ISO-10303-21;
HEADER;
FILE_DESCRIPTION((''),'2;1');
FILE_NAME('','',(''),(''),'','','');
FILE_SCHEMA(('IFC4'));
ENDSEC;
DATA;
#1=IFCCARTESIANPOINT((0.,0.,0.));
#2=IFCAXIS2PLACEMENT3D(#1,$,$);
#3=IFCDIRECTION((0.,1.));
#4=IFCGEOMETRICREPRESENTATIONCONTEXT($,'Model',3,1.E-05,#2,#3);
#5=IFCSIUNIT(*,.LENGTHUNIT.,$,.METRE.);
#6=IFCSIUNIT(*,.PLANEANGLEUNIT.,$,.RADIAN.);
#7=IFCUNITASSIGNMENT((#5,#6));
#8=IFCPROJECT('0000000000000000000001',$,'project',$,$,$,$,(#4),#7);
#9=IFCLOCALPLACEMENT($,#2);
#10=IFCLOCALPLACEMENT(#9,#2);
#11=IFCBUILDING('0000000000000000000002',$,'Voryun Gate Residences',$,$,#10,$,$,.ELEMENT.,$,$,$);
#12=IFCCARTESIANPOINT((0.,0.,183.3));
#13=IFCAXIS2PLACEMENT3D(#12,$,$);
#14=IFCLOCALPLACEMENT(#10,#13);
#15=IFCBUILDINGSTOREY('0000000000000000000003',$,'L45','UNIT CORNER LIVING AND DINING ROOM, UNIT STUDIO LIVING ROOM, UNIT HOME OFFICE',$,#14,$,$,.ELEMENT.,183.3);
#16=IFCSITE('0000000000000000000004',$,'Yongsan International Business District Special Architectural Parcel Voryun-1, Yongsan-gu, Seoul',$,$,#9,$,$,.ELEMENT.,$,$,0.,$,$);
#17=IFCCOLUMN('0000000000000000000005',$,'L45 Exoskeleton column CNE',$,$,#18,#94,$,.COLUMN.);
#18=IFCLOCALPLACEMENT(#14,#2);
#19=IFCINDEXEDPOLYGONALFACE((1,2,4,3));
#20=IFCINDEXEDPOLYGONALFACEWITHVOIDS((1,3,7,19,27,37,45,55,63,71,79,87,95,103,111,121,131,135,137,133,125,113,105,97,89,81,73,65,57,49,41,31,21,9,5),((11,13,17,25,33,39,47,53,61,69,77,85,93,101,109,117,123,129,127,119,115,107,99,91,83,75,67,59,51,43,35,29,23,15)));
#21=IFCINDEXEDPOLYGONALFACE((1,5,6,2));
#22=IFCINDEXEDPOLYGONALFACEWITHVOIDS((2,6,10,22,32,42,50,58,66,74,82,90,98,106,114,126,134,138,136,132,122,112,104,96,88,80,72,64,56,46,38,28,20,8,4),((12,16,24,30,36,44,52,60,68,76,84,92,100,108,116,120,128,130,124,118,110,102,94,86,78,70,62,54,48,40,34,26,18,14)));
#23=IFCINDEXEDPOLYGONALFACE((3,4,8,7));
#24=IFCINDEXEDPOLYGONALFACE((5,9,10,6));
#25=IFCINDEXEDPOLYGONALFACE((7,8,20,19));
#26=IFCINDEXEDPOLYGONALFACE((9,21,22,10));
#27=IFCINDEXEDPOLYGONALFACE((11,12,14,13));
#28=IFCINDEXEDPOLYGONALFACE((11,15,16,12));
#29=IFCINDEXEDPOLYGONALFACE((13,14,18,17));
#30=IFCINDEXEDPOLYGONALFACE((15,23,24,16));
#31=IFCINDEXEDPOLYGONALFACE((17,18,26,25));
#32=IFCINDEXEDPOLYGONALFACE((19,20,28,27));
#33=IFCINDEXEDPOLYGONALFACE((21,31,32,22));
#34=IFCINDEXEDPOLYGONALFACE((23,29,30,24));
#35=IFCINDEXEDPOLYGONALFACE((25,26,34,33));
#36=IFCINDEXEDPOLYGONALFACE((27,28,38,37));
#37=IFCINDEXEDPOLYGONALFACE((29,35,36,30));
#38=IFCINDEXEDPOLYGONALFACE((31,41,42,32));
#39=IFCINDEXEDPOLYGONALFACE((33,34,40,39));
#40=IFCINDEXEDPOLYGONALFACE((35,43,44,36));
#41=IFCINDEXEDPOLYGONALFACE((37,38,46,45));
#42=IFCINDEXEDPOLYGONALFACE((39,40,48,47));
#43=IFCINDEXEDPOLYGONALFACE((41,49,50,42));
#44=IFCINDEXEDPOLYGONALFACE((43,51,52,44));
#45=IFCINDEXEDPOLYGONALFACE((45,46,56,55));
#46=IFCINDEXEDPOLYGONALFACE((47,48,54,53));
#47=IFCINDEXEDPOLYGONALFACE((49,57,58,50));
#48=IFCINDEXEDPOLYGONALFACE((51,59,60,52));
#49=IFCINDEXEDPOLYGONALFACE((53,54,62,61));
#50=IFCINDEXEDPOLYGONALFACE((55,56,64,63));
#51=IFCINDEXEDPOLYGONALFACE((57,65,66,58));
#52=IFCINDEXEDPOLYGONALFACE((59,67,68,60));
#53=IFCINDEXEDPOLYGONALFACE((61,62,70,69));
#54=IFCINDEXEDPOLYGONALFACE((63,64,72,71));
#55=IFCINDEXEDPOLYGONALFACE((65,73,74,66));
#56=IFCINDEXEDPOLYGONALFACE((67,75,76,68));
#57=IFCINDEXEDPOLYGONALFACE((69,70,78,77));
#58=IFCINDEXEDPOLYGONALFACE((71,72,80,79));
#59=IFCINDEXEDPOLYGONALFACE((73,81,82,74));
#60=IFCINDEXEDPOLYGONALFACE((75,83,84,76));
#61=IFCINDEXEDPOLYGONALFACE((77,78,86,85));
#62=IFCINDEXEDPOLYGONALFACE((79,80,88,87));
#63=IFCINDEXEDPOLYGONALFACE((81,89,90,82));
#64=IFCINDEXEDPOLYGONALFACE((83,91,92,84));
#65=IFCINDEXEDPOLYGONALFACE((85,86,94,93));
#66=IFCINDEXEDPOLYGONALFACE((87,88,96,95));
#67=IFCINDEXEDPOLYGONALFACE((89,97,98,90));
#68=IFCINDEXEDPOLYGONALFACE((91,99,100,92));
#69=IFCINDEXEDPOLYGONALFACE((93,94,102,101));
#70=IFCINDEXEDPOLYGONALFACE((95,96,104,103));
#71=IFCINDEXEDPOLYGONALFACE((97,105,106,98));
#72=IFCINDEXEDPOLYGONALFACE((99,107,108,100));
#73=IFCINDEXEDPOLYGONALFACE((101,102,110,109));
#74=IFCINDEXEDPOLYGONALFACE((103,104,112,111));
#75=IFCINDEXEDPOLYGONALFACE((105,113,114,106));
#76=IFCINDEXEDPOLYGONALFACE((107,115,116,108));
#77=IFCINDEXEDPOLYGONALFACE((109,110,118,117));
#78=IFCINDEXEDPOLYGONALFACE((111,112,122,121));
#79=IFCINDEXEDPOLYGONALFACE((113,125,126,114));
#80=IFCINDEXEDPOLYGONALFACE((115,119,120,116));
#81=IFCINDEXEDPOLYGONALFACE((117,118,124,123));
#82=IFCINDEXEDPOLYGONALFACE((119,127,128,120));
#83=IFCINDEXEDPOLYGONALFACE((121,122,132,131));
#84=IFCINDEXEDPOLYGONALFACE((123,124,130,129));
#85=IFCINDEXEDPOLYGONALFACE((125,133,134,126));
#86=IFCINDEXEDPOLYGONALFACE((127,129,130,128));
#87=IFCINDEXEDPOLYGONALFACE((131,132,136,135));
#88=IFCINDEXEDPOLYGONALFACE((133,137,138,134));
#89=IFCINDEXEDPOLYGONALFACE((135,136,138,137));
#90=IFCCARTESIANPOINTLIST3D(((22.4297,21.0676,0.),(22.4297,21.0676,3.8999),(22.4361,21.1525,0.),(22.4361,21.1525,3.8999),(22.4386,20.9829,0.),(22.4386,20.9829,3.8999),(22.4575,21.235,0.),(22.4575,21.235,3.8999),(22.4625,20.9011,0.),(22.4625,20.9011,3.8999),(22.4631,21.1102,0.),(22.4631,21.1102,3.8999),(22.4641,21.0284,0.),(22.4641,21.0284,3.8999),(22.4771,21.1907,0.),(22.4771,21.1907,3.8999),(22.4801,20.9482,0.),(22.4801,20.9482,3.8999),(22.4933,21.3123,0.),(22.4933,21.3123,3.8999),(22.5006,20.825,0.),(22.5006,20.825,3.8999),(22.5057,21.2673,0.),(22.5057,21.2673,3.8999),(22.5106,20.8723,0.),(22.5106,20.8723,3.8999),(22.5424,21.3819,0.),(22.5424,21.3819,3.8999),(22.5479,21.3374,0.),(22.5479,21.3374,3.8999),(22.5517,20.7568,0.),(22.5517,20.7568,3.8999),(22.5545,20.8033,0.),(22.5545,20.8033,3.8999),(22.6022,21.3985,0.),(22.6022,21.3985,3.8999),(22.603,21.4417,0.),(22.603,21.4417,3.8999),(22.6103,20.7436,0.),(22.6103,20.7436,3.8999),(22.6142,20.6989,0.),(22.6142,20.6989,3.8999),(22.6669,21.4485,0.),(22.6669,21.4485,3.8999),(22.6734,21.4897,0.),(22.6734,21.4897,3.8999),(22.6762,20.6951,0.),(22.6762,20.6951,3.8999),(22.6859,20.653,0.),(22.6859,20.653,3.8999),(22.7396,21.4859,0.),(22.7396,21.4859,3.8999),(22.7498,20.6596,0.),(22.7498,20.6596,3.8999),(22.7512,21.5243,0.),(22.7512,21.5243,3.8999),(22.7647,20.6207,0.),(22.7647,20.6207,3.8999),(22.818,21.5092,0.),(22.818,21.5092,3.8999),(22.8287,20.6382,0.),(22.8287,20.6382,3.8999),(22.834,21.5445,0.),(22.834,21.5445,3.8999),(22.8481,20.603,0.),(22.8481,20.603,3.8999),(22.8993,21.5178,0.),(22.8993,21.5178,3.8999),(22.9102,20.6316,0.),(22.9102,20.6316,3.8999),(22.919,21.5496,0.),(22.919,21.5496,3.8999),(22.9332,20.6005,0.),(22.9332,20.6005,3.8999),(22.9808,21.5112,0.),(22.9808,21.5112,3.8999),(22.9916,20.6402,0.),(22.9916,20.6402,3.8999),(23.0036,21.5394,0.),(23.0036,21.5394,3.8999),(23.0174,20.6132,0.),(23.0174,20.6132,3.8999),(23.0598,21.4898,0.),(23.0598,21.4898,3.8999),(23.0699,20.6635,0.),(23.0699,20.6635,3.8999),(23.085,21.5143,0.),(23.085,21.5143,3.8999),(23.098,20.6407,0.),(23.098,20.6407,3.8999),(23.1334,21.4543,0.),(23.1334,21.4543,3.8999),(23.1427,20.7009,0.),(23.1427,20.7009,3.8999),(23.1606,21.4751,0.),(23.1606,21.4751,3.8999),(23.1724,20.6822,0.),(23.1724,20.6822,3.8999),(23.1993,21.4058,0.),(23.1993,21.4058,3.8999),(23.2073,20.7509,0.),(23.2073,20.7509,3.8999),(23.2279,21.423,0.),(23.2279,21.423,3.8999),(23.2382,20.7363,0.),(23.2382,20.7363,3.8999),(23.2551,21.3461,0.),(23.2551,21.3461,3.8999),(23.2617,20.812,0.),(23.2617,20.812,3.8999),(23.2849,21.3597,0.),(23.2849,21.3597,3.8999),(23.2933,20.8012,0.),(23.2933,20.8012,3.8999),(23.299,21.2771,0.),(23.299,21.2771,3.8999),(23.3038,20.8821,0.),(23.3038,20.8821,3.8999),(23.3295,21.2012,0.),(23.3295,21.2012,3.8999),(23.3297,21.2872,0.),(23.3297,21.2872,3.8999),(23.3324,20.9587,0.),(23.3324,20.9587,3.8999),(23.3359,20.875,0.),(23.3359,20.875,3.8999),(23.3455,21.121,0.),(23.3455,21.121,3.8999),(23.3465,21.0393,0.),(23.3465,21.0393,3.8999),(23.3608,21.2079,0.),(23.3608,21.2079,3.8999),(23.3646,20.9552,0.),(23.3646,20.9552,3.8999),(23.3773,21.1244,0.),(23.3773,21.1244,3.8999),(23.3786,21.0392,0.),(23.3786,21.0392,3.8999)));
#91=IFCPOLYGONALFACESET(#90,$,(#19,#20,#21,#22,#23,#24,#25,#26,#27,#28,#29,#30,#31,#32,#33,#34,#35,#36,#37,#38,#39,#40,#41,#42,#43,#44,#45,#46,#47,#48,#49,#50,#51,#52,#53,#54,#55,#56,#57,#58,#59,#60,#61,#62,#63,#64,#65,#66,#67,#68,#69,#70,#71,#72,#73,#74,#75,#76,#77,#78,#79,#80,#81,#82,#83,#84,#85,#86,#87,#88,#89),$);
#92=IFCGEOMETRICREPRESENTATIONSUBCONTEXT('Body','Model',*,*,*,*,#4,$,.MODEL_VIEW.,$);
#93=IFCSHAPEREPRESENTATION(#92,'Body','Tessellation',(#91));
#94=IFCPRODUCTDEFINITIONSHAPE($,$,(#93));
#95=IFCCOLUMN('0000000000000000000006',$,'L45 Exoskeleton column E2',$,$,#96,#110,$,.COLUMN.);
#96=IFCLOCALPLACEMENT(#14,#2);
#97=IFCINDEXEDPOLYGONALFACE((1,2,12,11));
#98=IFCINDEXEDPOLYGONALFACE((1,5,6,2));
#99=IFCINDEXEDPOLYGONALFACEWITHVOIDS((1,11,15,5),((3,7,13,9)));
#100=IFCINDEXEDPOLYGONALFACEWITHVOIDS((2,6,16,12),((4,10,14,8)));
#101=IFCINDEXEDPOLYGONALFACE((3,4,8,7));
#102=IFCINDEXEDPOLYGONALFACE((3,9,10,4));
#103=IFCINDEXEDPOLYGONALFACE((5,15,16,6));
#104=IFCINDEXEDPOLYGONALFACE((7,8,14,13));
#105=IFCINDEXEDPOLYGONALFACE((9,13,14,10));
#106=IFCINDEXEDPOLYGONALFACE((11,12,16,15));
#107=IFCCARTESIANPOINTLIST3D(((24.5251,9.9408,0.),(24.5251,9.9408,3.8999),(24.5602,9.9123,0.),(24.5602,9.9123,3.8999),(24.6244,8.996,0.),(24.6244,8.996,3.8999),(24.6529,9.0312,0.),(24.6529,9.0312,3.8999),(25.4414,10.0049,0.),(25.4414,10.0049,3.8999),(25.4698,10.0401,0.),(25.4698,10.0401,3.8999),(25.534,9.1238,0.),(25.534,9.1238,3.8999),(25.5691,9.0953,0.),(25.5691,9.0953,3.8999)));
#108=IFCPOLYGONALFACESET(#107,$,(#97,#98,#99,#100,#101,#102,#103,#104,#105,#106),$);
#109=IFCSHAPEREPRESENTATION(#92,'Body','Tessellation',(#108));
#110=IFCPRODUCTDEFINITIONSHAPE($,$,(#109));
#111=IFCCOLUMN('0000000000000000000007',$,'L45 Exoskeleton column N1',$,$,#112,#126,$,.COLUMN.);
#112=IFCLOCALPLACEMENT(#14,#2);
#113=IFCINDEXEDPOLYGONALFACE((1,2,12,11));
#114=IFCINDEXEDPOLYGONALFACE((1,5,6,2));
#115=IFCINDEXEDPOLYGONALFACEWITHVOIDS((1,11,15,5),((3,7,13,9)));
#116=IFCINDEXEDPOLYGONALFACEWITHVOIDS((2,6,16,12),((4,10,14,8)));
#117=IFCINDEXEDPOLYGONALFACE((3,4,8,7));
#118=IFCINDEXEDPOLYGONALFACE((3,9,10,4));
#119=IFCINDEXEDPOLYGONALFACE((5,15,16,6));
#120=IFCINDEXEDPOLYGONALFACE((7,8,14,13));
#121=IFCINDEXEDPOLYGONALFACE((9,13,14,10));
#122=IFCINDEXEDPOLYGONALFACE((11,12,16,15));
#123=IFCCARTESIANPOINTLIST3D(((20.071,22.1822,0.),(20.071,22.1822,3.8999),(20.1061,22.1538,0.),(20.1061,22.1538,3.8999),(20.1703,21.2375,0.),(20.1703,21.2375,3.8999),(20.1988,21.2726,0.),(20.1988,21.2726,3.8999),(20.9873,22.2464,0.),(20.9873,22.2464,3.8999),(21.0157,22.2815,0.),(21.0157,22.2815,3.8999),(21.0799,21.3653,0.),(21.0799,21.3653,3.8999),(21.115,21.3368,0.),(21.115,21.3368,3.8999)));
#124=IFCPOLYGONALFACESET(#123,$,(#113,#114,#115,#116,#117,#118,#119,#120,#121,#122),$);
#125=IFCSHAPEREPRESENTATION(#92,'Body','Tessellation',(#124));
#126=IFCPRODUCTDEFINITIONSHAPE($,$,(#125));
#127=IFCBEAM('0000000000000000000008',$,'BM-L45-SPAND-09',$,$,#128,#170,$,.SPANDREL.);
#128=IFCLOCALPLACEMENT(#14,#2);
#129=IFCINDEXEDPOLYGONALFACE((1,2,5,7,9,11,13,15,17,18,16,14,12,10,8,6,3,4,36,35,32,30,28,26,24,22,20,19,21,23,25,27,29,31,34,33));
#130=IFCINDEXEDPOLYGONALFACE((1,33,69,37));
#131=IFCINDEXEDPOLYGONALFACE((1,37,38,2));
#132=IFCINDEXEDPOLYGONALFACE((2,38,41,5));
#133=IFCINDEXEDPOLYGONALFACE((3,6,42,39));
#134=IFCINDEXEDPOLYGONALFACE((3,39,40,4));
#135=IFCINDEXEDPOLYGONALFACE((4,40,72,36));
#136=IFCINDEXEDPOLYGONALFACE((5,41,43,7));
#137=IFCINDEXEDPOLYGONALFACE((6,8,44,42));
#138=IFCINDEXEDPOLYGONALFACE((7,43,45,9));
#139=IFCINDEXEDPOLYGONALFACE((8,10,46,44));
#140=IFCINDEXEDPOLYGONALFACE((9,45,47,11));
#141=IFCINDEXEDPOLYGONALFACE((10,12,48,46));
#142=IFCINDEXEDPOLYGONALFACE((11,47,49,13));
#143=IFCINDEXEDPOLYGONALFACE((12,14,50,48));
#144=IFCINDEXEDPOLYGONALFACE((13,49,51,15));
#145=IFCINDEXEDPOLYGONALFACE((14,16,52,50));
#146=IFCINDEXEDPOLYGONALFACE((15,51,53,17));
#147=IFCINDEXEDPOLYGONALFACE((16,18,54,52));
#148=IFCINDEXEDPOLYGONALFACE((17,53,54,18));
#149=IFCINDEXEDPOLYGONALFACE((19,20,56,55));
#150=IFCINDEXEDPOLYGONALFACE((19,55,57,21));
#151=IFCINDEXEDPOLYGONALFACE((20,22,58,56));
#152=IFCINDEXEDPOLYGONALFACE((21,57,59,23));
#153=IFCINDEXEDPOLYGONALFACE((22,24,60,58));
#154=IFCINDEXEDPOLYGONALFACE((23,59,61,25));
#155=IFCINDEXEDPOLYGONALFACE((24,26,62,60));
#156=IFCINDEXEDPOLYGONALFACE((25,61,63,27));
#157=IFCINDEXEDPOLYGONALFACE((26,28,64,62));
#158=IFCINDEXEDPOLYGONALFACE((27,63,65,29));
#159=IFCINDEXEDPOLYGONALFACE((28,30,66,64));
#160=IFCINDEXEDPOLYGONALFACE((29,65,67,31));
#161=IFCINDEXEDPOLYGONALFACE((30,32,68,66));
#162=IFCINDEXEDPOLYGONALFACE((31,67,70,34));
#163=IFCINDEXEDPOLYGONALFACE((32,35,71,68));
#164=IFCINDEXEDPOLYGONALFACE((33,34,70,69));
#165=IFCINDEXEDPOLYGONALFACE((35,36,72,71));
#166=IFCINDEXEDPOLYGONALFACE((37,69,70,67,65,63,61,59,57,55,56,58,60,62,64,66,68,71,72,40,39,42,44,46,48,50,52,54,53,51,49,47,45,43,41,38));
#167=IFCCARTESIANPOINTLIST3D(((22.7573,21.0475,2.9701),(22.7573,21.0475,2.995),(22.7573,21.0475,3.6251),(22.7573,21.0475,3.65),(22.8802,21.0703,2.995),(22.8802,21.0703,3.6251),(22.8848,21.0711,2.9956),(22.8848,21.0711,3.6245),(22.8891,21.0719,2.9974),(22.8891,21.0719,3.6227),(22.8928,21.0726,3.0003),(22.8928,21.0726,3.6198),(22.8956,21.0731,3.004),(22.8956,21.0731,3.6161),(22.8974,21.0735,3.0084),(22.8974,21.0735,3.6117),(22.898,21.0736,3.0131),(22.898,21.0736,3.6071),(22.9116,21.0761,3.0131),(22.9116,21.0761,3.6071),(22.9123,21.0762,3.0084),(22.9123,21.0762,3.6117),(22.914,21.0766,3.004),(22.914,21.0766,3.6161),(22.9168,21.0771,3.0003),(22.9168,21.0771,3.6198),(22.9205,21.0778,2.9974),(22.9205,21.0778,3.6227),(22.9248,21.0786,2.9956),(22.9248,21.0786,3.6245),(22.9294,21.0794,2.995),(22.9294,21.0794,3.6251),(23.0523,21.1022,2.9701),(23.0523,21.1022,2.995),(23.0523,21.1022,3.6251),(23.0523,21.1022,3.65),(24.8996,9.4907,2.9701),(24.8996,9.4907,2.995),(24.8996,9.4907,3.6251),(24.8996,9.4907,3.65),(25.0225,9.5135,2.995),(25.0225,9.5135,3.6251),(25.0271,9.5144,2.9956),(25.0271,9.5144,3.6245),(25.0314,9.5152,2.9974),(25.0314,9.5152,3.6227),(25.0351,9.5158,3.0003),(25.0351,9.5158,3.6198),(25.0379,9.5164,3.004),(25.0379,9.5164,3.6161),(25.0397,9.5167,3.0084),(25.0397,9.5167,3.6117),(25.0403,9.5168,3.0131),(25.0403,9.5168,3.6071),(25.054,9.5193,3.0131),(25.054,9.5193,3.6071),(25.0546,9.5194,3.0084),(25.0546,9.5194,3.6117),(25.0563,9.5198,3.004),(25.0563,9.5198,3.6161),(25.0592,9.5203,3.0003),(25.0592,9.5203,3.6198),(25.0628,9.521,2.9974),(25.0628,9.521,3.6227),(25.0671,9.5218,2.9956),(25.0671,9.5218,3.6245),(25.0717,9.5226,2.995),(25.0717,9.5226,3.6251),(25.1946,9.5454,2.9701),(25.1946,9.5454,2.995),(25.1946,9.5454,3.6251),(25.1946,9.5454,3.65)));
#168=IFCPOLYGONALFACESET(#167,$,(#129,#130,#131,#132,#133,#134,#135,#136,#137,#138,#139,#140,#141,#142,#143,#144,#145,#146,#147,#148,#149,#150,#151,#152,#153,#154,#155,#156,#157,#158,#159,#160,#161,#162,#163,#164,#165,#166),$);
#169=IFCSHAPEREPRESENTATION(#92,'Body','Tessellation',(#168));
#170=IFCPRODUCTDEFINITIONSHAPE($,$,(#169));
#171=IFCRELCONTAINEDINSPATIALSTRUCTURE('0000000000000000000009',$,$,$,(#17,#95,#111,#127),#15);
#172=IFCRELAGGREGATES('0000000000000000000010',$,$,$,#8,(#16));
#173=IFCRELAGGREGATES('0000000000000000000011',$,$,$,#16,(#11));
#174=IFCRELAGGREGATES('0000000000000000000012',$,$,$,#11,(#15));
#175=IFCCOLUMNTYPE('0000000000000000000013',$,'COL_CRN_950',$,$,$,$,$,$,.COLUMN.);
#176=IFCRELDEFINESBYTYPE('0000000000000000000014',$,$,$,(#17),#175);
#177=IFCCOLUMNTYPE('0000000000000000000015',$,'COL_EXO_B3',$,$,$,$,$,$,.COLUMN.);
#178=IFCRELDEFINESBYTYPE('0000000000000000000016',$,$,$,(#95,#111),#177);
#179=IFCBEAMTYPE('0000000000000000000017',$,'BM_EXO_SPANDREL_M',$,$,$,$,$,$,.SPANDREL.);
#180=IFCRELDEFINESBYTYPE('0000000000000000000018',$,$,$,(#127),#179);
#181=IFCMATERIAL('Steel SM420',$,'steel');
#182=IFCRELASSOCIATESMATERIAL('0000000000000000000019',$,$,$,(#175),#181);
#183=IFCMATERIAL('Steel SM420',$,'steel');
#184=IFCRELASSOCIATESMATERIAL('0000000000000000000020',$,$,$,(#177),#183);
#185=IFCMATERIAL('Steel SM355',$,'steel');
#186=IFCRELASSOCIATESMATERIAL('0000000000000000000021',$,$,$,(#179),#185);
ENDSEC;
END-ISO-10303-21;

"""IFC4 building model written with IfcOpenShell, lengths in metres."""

from ifc_helpers import new_model, si_unit, direction, frame, origin, origin_2d, place, context, subcontext, project, spatial, hollow_rectangle, hollow_circle, i_section, extrude, material, material_profile, profile_set, type_object, element, save


model = new_model("IFC4")

# Units and contexts
model_context = context("Model", 3, precision=1e-05, world=origin(), true_north=direction((0.0, 1.0)))
body_context = subcontext(model_context, "Body", "Model", "MODEL_VIEW")
ifc_project = project(units=[si_unit("LENGTHUNIT", "METRE"), si_unit("PLANEANGLEUNIT", "RADIAN")], contexts=[model_context])

# Site, building, storey
site_placement = place(None, origin())
site = spatial("IfcSite", under=ifc_project, at=site_placement, Name="Yongsan International Business District Special Architectural Parcel Voryun-1, Yongsan-gu, Seoul", CompositionType="ELEMENT", RefElevation=0.0)
building_placement = place(site_placement, origin())
building = spatial("IfcBuilding", under=site, at=building_placement, Name="Voryun Gate Residences", CompositionType="ELEMENT")
storey_placement = place(building_placement, frame((0.0, 0.0, 183.3)))
storey = spatial("IfcBuildingStorey", under=building, at=storey_placement, Name="L45", Description="UNIT CORNER LIVING AND DINING ROOM, UNIT STUDIO LIVING ROOM, UNIT HOME OFFICE", CompositionType="ELEMENT", Elevation=183.3)

# Columns
ifc_material_1 = material(Name="Steel SM420", Category="steel")
ifc_material_profile_1 = material_profile(ifc_material_1, hollow_circle(Radius=0.4751, WallThickness=0.032, at=origin_2d()), Name="CHS-950x32")
ifc_profile_set_1 = profile_set([ifc_material_profile_1], Name="Steel SM420")
column_type_1 = type_object("IfcColumnType", Name="COL_CRN_950", PredefinedType="COLUMN", material=ifc_profile_set_1)
column_placement = place(storey_placement, frame((22.9048, 21.0747, 0.0), z_axis=(0.0, 0.0, 1.0), x_axis=(0.994522, 0.104528, 0.0)))
element("IfcColumn", 1, at=column_placement, inside=storey, type_object=column_type_1, Name="L45 Exoskeleton column CNE", PredefinedType="COLUMN", context=body_context, shape_type="SweptSolid", body=[
    extrude(hollow_circle(Radius=0.4751, WallThickness=0.032, at=origin_2d()), origin(), (0.0, 0.0, 1.0), 3.8999),
])
ifc_material_2 = material(Name="Steel SM420", Category="steel")
ifc_material_profile_2 = material_profile(ifc_material_2, hollow_rectangle(XDim=0.95, YDim=0.95, WallThickness=0.032, at=origin_2d()), Name="BOX-950x950x32")
ifc_profile_set_2 = profile_set([ifc_material_profile_2], Name="Steel SM420")
column_type_2 = type_object("IfcColumnType", Name="COL_EXO_B3", PredefinedType="COLUMN", material=ifc_profile_set_2)
for number, where, z_axis, x_axis, name in (
    (2, (25.0471, 9.5181, 0.0), (0.0, 0.0, 1.0), (0.994522, 0.104528, 0.0), "L45 Exoskeleton column E2"),
    (3, (20.593, 21.7595, 0.0), (0.0, 0.0, 1.0), (0.994522, 0.104528, 0.0), "L45 Exoskeleton column N1"),
):
    element("IfcColumn", number, at=place(storey_placement, frame(where, z_axis=z_axis, x_axis=x_axis)), inside=storey, type_object=column_type_2, Name=name, PredefinedType="COLUMN", context=body_context, shape_type="SweptSolid", body=[
        extrude(hollow_rectangle(XDim=0.95, YDim=0.95, WallThickness=0.032, at=origin_2d()), origin(), (0.0, 0.0, 1.0), 3.8999),
    ])

# Beam
ifc_material_3 = material(Name="Steel SM355", Category="steel")
ifc_material_profile_3 = material_profile(ifc_material_3, i_section(OverallWidth=0.3, OverallDepth=0.6799, WebThickness=0.0139, FlangeThickness=0.0249, FilletRadius=0.0181, at=origin_2d()), Name="H-680x300x14x25")
ifc_profile_set_3 = profile_set([ifc_material_profile_3], Name="Steel SM355")
beam_type_1 = type_object("IfcBeamType", Name="BM_EXO_SPANDREL_M", PredefinedType="SPANDREL", material=ifc_profile_set_3)
beam_1_placement = place(storey_placement, frame((25.0471, 9.5181, 3.3101), z_axis=(-0.182268, 0.983249, 0.0), x_axis=(-0.983249, -0.182268, 0.0)))
element("IfcBeam", 4, at=beam_1_placement, inside=storey, type_object=beam_type_1, Name="BM-L45-SPAND-09", PredefinedType="SPANDREL", context=body_context, shape_type="SweptSolid", body=[
    extrude(i_section(OverallWidth=0.3, OverallDepth=0.6799, WebThickness=0.0139, FlangeThickness=0.0249, FilletRadius=0.0181, at=origin_2d()), origin(), (0.0, 0.0, 1.0), 11.7537),
])

save(model, "model.ifc")
